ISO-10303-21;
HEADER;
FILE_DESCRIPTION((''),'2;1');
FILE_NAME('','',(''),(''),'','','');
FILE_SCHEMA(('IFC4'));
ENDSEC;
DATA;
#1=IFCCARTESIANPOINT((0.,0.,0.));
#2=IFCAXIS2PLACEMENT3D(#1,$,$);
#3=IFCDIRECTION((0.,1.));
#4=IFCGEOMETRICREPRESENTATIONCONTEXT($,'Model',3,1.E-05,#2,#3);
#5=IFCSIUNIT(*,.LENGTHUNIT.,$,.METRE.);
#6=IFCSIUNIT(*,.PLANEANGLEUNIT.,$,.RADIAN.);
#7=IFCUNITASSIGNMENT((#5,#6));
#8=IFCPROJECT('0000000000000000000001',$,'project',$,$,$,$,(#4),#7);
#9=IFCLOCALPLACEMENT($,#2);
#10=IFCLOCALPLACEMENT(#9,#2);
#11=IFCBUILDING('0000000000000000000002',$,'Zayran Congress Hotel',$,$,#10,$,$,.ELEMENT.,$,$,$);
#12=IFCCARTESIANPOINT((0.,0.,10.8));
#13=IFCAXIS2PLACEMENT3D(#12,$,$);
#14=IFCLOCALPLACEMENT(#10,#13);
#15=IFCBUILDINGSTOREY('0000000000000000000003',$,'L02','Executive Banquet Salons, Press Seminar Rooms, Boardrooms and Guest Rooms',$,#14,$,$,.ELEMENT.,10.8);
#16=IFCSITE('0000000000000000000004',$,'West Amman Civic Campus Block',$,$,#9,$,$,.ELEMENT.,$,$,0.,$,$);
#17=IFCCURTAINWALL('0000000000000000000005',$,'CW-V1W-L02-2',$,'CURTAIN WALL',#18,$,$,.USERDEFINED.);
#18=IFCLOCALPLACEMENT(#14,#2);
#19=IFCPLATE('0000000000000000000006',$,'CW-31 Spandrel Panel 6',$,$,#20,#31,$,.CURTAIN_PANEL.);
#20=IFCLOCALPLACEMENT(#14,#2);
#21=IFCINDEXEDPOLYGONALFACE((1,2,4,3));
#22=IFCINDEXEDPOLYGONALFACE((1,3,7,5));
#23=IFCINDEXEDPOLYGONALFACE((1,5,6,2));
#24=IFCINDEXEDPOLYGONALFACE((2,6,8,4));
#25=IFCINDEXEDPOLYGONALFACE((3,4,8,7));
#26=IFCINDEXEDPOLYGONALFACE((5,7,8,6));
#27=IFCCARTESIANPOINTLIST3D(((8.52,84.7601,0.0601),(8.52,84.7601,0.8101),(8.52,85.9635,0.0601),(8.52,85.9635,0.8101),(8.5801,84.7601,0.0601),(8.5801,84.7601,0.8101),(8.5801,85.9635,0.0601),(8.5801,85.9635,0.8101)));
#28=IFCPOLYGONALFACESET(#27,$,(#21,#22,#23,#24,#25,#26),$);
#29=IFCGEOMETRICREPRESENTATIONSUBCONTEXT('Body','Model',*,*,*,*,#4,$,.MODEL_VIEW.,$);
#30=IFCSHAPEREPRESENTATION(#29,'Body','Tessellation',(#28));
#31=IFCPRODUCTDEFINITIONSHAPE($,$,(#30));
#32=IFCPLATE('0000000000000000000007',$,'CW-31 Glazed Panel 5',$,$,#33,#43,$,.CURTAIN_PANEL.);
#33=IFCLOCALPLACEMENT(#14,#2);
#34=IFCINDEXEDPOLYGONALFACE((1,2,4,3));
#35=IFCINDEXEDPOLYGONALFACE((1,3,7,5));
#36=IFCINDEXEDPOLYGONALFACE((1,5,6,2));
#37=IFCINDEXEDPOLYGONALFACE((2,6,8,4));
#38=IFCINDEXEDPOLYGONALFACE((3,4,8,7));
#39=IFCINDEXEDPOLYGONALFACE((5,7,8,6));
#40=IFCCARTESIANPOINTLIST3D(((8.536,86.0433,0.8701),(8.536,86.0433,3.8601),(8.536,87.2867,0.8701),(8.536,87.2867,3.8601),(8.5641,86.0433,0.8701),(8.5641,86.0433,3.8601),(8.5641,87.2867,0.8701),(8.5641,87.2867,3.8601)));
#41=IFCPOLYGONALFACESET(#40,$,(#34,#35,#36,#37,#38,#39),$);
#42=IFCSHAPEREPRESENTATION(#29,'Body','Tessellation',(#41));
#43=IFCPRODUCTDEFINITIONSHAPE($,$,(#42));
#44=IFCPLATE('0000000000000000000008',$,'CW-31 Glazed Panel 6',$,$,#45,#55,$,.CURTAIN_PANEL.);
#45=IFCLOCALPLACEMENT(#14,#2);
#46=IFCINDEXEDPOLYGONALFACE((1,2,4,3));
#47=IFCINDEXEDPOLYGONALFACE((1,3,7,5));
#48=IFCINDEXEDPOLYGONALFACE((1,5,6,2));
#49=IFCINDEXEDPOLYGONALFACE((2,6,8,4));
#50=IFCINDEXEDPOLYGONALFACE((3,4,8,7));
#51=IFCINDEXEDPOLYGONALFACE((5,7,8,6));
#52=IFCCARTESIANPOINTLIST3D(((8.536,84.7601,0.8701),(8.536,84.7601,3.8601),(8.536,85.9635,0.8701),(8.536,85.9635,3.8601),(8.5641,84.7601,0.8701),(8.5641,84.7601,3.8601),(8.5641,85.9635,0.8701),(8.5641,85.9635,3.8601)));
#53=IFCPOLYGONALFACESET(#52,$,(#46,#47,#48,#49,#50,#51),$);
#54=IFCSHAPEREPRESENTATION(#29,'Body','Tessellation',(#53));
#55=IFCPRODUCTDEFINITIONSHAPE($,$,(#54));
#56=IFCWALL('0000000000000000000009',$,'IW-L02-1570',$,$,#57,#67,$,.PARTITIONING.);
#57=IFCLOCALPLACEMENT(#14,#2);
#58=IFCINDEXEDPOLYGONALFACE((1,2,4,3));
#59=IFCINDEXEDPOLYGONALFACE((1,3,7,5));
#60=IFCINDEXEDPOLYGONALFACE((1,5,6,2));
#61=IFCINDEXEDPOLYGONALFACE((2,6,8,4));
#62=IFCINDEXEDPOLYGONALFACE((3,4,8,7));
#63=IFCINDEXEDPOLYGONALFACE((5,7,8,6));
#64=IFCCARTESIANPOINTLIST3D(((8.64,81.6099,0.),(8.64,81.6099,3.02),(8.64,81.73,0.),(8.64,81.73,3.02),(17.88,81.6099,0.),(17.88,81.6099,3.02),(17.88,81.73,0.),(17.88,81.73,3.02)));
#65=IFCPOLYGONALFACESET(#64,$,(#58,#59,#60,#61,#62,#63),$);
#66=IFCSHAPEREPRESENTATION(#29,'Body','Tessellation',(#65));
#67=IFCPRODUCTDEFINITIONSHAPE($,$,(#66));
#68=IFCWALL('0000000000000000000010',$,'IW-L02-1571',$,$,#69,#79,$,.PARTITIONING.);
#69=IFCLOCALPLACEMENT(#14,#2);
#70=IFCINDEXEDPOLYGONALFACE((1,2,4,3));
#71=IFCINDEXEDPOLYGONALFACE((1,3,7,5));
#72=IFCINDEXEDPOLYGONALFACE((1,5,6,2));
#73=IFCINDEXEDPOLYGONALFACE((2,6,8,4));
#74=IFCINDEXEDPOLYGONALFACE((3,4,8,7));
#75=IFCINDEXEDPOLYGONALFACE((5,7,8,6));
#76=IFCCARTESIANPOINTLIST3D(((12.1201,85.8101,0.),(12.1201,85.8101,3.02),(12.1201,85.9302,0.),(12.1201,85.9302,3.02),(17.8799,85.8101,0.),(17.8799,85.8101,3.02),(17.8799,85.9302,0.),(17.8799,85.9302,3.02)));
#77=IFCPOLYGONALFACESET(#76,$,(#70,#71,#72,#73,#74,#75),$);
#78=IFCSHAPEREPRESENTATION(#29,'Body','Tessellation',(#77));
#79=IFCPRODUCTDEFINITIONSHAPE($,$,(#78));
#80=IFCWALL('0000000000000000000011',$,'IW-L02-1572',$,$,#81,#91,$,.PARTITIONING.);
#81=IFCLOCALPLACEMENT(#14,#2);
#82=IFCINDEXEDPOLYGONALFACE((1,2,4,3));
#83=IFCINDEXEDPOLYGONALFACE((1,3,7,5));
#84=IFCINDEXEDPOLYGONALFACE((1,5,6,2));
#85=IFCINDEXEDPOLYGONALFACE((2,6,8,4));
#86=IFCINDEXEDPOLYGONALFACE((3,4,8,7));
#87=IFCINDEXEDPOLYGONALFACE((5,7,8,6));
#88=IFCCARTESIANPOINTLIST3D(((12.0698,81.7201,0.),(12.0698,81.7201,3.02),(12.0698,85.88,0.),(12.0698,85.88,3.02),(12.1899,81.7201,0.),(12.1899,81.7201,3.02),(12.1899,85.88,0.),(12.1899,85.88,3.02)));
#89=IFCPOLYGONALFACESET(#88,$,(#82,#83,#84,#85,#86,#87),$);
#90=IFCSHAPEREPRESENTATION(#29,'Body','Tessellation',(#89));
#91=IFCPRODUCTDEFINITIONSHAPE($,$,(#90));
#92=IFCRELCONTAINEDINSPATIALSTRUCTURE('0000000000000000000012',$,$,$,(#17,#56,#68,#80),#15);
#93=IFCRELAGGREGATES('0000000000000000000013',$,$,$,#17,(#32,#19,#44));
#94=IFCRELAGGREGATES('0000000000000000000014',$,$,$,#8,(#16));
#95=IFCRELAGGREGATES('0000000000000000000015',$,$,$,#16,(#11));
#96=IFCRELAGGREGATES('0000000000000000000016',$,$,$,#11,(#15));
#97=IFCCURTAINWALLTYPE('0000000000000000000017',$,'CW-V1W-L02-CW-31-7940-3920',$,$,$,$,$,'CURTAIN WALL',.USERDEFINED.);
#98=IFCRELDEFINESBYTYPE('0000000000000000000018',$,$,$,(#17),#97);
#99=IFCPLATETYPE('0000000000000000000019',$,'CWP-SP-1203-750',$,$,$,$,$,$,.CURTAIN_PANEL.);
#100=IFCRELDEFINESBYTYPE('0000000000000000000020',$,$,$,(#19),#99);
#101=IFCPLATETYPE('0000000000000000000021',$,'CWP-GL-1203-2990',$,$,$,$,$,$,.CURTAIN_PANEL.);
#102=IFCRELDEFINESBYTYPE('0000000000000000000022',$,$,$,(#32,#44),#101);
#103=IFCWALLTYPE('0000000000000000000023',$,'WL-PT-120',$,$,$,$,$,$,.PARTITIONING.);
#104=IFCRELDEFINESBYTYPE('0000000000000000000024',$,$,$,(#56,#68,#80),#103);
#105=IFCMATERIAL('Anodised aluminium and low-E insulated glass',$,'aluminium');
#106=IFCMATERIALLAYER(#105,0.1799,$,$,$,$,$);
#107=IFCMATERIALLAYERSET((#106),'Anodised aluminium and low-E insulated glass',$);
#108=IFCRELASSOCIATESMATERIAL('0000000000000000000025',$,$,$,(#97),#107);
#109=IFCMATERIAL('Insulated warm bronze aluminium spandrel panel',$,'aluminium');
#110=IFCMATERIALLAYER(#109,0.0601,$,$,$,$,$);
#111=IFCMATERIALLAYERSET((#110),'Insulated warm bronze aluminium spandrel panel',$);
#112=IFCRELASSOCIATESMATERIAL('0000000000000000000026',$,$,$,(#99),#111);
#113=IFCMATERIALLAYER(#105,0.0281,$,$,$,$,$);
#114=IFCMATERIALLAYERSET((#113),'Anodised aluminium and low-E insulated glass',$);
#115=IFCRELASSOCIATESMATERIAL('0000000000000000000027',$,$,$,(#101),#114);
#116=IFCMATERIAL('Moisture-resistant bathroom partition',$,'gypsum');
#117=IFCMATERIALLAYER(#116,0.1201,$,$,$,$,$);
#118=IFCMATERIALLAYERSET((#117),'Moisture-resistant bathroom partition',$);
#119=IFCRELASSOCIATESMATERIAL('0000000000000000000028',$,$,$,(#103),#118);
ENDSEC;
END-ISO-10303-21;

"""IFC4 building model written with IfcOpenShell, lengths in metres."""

from ifc_helpers import new_model, si_unit, direction, frame, frame_2d, origin, origin_2d, place, context, subcontext, project, spatial, rectangle, extrude, material, layer, layer_set, type_object, element, aggregate, save


model = new_model("IFC4")

# Units and contexts
model_context = context("Model", 3, precision=1e-05, world=origin(), true_north=direction((0.0, 1.0)))
body_context = subcontext(model_context, "Body", "Model", "MODEL_VIEW")
ifc_project = project(units=[si_unit("LENGTHUNIT", "METRE"), si_unit("PLANEANGLEUNIT", "RADIAN")], contexts=[model_context])

# Site, building, storey
site_placement = place(None, origin())
site = spatial("IfcSite", under=ifc_project, at=site_placement, Name="West Amman Civic Campus Block", CompositionType="ELEMENT", RefElevation=0.0)
building_placement = place(site_placement, origin())
building = spatial("IfcBuilding", under=site, at=building_placement, Name="Zayran Congress Hotel", CompositionType="ELEMENT")
storey_placement = place(building_placement, frame((0.0, 0.0, 10.8)))
storey = spatial("IfcBuildingStorey", under=building, at=storey_placement, Name="L02", Description="Executive Banquet Salons, Press Seminar Rooms, Boardrooms and Guest Rooms", CompositionType="ELEMENT", Elevation=10.8)

# Shared definitions
ifc_material_1 = material(Name="Anodised aluminium and low-E insulated glass", Category="aluminium")

# Curtain wall
ifc_layer_1 = layer(ifc_material_1, 0.1799)
ifc_layer_set_1 = layer_set([ifc_layer_1], Name="Anodised aluminium and low-E insulated glass")
curtain_wall_type_1 = type_object("IfcCurtainWallType", Name="CW-V1W-L02-CW-31-7940-3920", ElementType="CURTAIN WALL", PredefinedType="USERDEFINED", material=ifc_layer_set_1)
curtain_wall_1_placement = place(storey_placement, origin())
curtain_wall_1 = element("IfcCurtainWall", 1, at=curtain_wall_1_placement, inside=storey, type_object=curtain_wall_type_1, Name="CW-V1W-L02-2", ObjectType="CURTAIN WALL", PredefinedType="USERDEFINED")

# Plates
ifc_material_2 = material(Name="Insulated warm bronze aluminium spandrel panel", Category="aluminium")
ifc_layer_2 = layer(ifc_material_2, 0.0601)
ifc_layer_set_2 = layer_set([ifc_layer_2], Name="Insulated warm bronze aluminium spandrel panel")
plate_type_1 = type_object("IfcPlateType", Name="CWP-SP-1203-750", PredefinedType="CURTAIN_PANEL", material=ifc_layer_set_2)
plate_1_placement = place(storey_placement, frame((8.55, 85.3618, 0.0601), z_axis=(0.0, 0.0, 1.0), x_axis=(0.0, 1.0, 0.0)))
plate_1 = element("IfcPlate", 2, at=plate_1_placement, type_object=plate_type_1, Name="CW-31 Spandrel Panel 6", PredefinedType="CURTAIN_PANEL", context=body_context, shape_type="SweptSolid", body=[
    extrude(rectangle(XDim=1.2034, YDim=0.0601, at=origin_2d()), origin(), (0.0, 0.0, 1.0), 0.75),
])
ifc_layer_3 = layer(ifc_material_1, 0.0281)
ifc_layer_set_3 = layer_set([ifc_layer_3], Name="Anodised aluminium and low-E insulated glass")
plate_type_2 = type_object("IfcPlateType", Name="CWP-GL-1203-2990", PredefinedType="CURTAIN_PANEL", material=ifc_layer_set_3)
plate_2_placement = place(storey_placement, frame((8.55, 86.665, 0.8701), z_axis=(0.0, 0.0, 1.0), x_axis=(0.0, 1.0, 0.0)))
plate_2 = element("IfcPlate", 3, at=plate_2_placement, type_object=plate_type_2, Name="CW-31 Glazed Panel 5", PredefinedType="CURTAIN_PANEL", context=body_context, shape_type="SweptSolid", body=[
    extrude(rectangle(XDim=1.2434, YDim=0.0281, at=origin_2d()), origin(), (0.0, 0.0, 1.0), 2.99),
])
plate_3_placement = place(storey_placement, frame((8.55, 85.3618, 0.8701), z_axis=(0.0, 0.0, 1.0), x_axis=(0.0, 1.0, 0.0)))
plate_3 = element("IfcPlate", 4, at=plate_3_placement, type_object=plate_type_2, Name="CW-31 Glazed Panel 6", PredefinedType="CURTAIN_PANEL", context=body_context, shape_type="SweptSolid", body=[
    extrude(rectangle(XDim=1.2034, YDim=0.0281, at=origin_2d()), origin(), (0.0, 0.0, 1.0), 2.99),
])
aggregate(curtain_wall_1, [plate_2, plate_1, plate_3])

# Shared definitions
ifc_material_3 = material(Name="Moisture-resistant bathroom partition", Category="gypsum")
ifc_layer_4 = layer(ifc_material_3, 0.1201)
ifc_layer_set_4 = layer_set([ifc_layer_4], Name="Moisture-resistant bathroom partition")
wall_type = type_object("IfcWallType", Name="WL-PT-120", PredefinedType="PARTITIONING", material=ifc_layer_set_4)

# Walls
wall_1_placement = place(storey_placement, frame((8.6399, 81.6699, 0.0), z_axis=(0.0, 0.0, 1.0), x_axis=(1.0, 0.0, 0.0)))
element("IfcWall", 5, at=wall_1_placement, inside=storey, type_object=wall_type, Name="IW-L02-1570", PredefinedType="PARTITIONING", context=body_context, shape_type="SweptSolid", body=[
    extrude(rectangle(XDim=9.24, YDim=0.1201, at=frame_2d((4.6201, 0.0))), origin(), (0.0, 0.0, 1.0), 3.02),
])
wall_2_placement = place(storey_placement, frame((12.1201, 85.8701, 0.0), z_axis=(0.0, 0.0, 1.0), x_axis=(1.0, 0.0, 0.0)))
element("IfcWall", 6, at=wall_2_placement, inside=storey, type_object=wall_type, Name="IW-L02-1571", PredefinedType="PARTITIONING", context=body_context, shape_type="SweptSolid", body=[
    extrude(rectangle(XDim=5.7598, YDim=0.1201, at=frame_2d((2.8799, 0.0))), origin(), (0.0, 0.0, 1.0), 3.02),
])
wall_3_placement = place(storey_placement, frame((12.1299, 81.72, 0.0), z_axis=(0.0, 0.0, 1.0), x_axis=(0.0, 1.0, 0.0)))
element("IfcWall", 7, at=wall_3_placement, inside=storey, type_object=wall_type, Name="IW-L02-1572", PredefinedType="PARTITIONING", context=body_context, shape_type="SweptSolid", body=[
    extrude(rectangle(XDim=4.1599, YDim=0.1201, at=frame_2d((2.0801, 0.0))), origin(), (0.0, 0.0, 1.0), 3.02),
])

save(model, "model.ifc")
